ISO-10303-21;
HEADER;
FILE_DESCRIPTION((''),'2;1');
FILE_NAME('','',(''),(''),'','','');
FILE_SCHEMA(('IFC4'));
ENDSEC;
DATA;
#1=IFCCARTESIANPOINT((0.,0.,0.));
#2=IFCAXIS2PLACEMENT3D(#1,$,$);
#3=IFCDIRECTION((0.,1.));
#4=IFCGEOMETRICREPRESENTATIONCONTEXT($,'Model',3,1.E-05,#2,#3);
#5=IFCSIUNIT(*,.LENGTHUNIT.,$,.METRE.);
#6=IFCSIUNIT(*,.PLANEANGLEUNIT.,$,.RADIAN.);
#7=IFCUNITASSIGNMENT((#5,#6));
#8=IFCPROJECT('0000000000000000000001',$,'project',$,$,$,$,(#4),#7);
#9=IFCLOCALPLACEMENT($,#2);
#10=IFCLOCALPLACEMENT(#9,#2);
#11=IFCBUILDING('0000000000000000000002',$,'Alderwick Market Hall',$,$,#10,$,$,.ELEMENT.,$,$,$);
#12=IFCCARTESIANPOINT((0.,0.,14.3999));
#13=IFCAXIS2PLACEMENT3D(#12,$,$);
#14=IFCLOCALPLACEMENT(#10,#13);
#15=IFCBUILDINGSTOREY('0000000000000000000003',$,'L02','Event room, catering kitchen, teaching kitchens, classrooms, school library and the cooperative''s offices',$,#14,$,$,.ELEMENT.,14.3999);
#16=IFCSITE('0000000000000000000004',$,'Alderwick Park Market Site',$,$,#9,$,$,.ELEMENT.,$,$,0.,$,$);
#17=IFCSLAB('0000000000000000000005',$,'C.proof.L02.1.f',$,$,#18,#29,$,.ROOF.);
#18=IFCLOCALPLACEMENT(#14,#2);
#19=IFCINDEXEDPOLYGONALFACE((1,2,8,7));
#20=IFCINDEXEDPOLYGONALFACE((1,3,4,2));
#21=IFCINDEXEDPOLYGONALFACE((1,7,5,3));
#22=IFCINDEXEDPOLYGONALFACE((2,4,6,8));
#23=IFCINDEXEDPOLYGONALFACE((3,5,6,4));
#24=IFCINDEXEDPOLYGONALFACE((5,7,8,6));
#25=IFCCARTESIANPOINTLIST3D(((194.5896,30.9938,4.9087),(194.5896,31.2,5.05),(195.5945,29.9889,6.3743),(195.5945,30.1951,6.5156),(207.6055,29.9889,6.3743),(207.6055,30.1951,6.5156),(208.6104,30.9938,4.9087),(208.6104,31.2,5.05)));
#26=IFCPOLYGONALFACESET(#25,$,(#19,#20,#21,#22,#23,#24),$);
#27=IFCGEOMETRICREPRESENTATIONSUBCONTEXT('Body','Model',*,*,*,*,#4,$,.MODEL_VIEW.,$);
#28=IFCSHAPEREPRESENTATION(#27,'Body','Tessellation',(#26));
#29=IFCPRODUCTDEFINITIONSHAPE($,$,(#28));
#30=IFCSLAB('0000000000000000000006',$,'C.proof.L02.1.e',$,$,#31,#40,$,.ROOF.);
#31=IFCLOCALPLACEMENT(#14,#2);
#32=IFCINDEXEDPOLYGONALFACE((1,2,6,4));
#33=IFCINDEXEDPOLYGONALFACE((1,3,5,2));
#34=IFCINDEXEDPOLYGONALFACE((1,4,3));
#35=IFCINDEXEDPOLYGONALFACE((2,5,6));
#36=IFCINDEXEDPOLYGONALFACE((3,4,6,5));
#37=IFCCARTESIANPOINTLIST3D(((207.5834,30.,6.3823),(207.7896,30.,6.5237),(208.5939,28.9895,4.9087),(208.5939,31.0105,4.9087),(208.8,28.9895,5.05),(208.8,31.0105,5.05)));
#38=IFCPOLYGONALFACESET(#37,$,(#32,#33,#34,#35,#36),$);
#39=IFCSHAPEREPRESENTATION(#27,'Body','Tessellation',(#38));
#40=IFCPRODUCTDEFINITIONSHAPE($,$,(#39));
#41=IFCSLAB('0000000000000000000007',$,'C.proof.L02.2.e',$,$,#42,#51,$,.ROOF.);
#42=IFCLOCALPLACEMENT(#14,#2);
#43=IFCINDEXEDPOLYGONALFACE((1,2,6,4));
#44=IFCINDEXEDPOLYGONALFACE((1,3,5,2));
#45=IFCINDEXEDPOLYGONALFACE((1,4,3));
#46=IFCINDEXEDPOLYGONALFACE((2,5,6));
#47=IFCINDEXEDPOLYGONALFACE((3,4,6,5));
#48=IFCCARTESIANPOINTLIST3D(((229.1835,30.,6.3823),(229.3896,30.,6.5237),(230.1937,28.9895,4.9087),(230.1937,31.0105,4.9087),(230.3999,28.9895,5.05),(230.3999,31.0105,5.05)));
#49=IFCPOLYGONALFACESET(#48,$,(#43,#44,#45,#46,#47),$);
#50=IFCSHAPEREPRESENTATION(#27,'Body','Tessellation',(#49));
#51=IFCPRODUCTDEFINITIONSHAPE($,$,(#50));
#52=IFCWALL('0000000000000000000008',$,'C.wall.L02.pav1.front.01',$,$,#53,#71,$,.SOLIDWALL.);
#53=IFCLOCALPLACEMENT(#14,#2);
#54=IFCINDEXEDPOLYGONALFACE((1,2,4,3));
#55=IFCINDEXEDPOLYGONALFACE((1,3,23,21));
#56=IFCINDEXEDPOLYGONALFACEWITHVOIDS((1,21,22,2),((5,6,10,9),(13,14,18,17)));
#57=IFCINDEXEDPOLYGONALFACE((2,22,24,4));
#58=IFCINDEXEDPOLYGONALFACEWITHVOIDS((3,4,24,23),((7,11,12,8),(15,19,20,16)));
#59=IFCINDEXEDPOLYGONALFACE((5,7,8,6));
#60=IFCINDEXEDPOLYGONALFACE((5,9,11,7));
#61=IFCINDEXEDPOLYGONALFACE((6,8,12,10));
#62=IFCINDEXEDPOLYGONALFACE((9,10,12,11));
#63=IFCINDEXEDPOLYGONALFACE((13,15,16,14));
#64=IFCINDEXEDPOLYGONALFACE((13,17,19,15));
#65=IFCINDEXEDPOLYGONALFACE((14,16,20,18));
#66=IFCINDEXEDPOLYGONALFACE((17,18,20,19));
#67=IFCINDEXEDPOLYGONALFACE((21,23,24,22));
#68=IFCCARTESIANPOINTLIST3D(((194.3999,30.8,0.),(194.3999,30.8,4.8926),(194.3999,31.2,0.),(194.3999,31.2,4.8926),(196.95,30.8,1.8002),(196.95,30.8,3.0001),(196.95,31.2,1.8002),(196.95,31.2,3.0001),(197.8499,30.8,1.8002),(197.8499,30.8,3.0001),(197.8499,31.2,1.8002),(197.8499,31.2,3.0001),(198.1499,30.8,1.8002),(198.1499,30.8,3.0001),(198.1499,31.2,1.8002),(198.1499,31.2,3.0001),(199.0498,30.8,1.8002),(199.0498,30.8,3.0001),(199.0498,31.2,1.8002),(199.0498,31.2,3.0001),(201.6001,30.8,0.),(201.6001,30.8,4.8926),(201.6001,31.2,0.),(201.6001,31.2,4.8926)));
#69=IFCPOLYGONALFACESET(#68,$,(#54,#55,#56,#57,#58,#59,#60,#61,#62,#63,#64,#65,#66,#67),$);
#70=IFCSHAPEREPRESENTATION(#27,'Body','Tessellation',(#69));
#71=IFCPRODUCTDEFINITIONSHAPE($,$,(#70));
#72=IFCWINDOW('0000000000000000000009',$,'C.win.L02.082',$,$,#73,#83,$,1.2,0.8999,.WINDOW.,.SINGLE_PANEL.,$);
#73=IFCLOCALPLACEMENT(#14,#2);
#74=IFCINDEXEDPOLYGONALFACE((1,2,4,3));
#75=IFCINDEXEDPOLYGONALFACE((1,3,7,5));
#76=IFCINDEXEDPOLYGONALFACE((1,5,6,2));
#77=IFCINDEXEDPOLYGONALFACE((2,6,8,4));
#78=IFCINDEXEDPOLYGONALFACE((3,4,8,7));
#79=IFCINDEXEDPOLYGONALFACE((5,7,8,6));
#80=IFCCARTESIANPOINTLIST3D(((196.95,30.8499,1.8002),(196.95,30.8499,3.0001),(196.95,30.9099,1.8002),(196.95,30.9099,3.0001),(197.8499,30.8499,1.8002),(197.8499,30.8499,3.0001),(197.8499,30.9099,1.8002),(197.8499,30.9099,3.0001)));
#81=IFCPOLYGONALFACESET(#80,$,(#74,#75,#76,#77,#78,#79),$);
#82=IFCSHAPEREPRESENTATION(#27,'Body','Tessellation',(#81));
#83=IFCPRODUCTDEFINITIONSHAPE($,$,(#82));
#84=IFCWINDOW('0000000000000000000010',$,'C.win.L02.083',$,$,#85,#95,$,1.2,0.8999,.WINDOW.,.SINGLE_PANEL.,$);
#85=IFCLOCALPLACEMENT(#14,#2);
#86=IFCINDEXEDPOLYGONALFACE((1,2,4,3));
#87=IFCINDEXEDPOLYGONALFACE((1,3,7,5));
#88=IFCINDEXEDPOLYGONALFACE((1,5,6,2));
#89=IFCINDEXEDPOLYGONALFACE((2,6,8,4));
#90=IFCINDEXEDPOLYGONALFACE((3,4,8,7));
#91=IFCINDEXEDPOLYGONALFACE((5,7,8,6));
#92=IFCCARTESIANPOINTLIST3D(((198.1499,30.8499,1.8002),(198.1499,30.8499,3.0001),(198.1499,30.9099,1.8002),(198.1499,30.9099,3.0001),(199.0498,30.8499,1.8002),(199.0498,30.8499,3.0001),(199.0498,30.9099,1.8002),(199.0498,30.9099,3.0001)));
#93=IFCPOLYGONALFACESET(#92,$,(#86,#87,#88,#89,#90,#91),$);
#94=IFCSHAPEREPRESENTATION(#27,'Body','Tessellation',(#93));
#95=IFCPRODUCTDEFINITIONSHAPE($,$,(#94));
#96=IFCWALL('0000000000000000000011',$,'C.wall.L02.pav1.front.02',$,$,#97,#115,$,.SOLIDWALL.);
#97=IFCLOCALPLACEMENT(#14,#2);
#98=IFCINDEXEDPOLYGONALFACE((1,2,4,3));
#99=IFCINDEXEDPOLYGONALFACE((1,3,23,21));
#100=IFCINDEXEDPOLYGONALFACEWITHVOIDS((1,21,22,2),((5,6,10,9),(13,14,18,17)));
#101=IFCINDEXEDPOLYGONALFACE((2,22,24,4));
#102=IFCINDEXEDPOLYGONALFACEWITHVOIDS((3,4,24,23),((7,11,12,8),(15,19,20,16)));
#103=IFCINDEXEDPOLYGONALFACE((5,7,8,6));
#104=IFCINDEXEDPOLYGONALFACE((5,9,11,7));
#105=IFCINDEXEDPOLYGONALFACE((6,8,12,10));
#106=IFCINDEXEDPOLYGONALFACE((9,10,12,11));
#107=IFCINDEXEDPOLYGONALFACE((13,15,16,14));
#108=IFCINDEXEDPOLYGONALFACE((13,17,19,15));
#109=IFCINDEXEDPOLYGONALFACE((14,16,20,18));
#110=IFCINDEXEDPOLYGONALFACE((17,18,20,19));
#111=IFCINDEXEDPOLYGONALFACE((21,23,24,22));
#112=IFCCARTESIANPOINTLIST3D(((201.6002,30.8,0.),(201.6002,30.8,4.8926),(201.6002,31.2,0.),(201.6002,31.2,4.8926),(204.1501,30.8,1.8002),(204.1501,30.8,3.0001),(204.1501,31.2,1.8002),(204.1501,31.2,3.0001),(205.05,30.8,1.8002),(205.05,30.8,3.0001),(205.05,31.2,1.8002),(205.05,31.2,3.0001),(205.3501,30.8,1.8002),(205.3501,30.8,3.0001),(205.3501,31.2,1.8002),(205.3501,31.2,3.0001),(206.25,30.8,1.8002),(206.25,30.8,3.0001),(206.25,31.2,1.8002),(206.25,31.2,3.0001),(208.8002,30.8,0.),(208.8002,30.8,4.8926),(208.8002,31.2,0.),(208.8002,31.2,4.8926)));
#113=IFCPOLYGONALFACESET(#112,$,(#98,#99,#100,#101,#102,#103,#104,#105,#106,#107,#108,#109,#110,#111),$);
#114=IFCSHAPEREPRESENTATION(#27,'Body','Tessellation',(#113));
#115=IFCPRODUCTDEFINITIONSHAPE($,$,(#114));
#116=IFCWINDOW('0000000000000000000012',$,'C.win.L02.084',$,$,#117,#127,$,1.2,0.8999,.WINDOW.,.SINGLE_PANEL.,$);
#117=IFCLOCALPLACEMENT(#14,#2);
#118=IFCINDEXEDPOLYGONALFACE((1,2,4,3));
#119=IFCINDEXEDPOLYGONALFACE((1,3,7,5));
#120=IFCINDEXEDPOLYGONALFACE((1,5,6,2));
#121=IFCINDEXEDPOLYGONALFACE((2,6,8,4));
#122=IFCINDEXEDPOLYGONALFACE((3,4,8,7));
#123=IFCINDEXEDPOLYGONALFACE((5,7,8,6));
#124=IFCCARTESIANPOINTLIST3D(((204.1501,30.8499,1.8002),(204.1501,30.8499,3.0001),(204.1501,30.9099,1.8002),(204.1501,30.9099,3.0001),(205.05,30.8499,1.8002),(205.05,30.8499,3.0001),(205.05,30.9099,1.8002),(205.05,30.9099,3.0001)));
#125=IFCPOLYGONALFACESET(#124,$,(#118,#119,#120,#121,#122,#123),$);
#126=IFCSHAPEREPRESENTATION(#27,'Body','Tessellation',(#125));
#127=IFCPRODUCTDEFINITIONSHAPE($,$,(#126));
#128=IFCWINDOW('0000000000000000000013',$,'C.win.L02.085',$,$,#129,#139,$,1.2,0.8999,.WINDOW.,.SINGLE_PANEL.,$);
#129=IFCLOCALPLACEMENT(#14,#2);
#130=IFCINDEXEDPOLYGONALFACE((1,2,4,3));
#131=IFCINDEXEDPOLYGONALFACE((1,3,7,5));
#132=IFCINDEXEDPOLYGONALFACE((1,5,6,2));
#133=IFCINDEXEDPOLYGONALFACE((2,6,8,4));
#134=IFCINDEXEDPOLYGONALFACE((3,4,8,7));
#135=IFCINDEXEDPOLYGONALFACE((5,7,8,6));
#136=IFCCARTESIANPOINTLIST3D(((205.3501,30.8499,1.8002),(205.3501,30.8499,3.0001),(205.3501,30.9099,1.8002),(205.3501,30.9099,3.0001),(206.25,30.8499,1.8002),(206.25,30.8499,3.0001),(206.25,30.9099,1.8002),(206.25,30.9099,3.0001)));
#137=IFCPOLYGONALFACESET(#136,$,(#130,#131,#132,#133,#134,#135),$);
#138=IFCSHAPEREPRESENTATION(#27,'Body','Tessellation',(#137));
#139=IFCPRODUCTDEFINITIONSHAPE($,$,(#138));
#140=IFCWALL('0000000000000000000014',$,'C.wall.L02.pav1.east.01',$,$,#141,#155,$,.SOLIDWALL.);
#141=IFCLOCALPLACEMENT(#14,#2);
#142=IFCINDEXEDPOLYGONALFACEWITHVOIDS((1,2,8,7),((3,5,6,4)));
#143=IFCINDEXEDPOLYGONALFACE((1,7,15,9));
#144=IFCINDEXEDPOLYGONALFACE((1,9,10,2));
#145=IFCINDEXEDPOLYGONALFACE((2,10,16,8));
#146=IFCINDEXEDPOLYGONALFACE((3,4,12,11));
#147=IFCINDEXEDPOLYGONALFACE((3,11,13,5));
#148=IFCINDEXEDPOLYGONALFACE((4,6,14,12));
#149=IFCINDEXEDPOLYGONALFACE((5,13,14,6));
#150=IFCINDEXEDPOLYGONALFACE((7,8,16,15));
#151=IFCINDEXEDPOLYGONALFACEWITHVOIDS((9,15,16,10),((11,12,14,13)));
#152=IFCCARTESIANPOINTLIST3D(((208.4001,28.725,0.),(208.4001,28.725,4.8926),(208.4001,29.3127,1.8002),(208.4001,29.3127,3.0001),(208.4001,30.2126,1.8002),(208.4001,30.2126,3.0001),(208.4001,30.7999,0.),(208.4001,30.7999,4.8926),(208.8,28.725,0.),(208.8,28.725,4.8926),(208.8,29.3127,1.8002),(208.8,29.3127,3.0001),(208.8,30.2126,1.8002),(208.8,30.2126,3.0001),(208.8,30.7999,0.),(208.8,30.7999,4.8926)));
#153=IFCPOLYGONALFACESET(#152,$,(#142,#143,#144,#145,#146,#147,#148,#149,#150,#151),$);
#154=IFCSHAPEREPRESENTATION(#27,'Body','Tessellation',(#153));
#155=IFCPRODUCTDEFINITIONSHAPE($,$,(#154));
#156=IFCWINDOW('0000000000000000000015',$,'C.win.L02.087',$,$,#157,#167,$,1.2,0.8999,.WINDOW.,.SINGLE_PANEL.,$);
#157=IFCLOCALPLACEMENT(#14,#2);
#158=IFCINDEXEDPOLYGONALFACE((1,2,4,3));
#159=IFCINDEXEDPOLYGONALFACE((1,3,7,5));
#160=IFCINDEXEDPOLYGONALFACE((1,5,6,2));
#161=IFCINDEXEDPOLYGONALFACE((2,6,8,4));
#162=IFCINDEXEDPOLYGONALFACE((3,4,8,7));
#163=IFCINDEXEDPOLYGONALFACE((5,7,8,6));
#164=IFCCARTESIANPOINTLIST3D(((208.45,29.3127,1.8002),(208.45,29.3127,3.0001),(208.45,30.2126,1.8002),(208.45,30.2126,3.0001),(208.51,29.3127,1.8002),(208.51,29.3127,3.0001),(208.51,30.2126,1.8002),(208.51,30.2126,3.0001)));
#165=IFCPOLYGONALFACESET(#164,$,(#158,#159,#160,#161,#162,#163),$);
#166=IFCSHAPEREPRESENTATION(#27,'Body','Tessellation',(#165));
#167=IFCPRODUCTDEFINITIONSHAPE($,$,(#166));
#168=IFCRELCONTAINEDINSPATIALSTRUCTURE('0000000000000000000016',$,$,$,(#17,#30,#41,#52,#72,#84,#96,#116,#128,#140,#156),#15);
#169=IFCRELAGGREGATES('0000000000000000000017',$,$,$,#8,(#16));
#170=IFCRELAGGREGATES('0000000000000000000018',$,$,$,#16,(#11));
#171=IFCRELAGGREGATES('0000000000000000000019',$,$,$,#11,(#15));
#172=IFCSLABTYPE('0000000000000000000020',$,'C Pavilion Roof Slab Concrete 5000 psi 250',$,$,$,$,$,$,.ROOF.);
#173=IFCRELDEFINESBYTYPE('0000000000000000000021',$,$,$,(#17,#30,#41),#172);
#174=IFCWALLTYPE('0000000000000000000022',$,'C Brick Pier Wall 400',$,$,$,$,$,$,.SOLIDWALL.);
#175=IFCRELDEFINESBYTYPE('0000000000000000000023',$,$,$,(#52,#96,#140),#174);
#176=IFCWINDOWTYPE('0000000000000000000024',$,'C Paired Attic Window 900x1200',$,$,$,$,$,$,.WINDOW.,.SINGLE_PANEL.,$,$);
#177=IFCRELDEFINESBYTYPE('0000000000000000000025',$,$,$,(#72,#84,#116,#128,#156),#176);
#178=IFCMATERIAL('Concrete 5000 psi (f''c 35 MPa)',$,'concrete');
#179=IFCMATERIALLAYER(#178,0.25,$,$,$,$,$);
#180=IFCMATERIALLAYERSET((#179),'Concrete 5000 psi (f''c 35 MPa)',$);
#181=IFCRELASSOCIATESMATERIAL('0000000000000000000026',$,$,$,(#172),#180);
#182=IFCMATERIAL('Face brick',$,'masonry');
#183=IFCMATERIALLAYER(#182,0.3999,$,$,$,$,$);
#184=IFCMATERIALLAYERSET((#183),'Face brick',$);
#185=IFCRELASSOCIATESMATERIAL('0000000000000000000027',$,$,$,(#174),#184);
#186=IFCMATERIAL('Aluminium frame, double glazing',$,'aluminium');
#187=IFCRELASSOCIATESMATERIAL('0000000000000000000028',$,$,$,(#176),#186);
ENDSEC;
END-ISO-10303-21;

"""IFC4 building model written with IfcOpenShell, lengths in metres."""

from ifc_helpers import new_model, si_unit, direction, frame, frame_2d, origin, place, context, subcontext, project, spatial, polyline, rectangle, outline, extrude, material, layer, layer_set, type_object, element, fill, save


model = new_model("IFC4")

# Units and contexts
model_context = context("Model", 3, precision=1e-05, world=origin(), true_north=direction((0.0, 1.0)))
body_context = subcontext(model_context, "Body", "Model", "MODEL_VIEW")
ifc_project = project(units=[si_unit("LENGTHUNIT", "METRE"), si_unit("PLANEANGLEUNIT", "RADIAN")], contexts=[model_context])

# Site, building, storey
site_placement = place(None, origin())
site = spatial("IfcSite", under=ifc_project, at=site_placement, Name="Alderwick Park Market Site", CompositionType="ELEMENT", RefElevation=0.0)
building_placement = place(site_placement, origin())
building = spatial("IfcBuilding", under=site, at=building_placement, Name="Alderwick Market Hall", CompositionType="ELEMENT")
storey_placement = place(building_placement, frame((0.0, 0.0, 14.3999)))
storey = spatial("IfcBuildingStorey", under=building, at=storey_placement, Name="L02", Description="Event room, catering kitchen, teaching kitchens, classrooms, school library and the cooperative's offices", CompositionType="ELEMENT", Elevation=14.3999)

# Slabs
ifc_material_1 = material(Name="Concrete 5000 psi (f'c 35 MPa)", Category="concrete")
ifc_layer_1 = layer(ifc_material_1, 0.25)
ifc_layer_set_1 = layer_set([ifc_layer_1], Name="Concrete 5000 psi (f'c 35 MPa)")
slab_type = type_object("IfcSlabType", Name="C Pavilion Roof Slab Concrete 5000 psi 250", PredefinedType="ROOF", material=ifc_layer_set_1)
slab_1_placement = place(storey_placement, frame((194.5896, 31.2, 5.05), z_axis=(0.0, 0.824751, 0.565496), x_axis=(1.0, 0.0, 0.0)))
element("IfcSlab", 1, at=slab_1_placement, inside=storey, type_object=slab_type, Name="C.proof.L02.1.f", PredefinedType="ROOF", context=body_context, shape_type="SweptSolid", body=[
    extrude(outline(polyline([(0.0, 0.0), (14.0208, 0.0), (13.0159, -1.777), (1.0049, -1.777), (0.0, 0.0)])), origin(), (0.0, 0.0, -1.0), 0.25),
])
slab_2_placement = place(storey_placement, frame((208.8, 31.0105, 5.05), z_axis=(0.824727, 0.0, 0.565531), x_axis=(0.0, -1.0, 0.0)))
element("IfcSlab", 2, at=slab_2_placement, inside=storey, type_object=slab_type, Name="C.proof.L02.1.e", PredefinedType="ROOF", context=body_context, shape_type="SweptSolid", body=[
    extrude(outline(polyline([(0.0, 0.0), (2.021, 0.0), (1.0105, -1.7868), (0.0, 0.0)])), origin(), (0.0, 0.0, -1.0), 0.25),
])
slab_3_placement = place(storey_placement, frame((230.3999, 31.0105, 5.05), z_axis=(0.824791, 0.0, 0.565438), x_axis=(0.0, -1.0, 0.0)))
element("IfcSlab", 3, at=slab_3_placement, inside=storey, type_object=slab_type, Name="C.proof.L02.2.e", PredefinedType="ROOF", context=body_context, shape_type="SweptSolid", body=[
    extrude(outline(polyline([(0.0, 0.0), (2.021, 0.0), (1.0105, -1.7867), (0.0, 0.0)])), origin(), (0.0, 0.0, -1.0), 0.25),
])

# Walls, openings, windows
ifc_material_2 = material(Name="Face brick", Category="masonry")
ifc_layer_2 = layer(ifc_material_2, 0.3999)
ifc_layer_set_2 = layer_set([ifc_layer_2], Name="Face brick")
wall_type = type_object("IfcWallType", Name="C Brick Pier Wall 400", PredefinedType="SOLIDWALL", material=ifc_layer_set_2)
wall_1_placement = place(storey_placement, frame((194.3999, 31.0, 0.0), z_axis=(0.0, 0.0, 1.0), x_axis=(1.0, 0.0, 0.0)))
wall_1 = element("IfcWall", 4, at=wall_1_placement, inside=storey, type_object=wall_type, Name="C.wall.L02.pav1.front.01", PredefinedType="SOLIDWALL", context=body_context, shape_type="SweptSolid", body=[
    extrude(rectangle(XDim=7.2002, YDim=0.3999, at=frame_2d((3.6001, 0.0))), origin(), (0.0, 0.0, 1.0), 4.8926),
])
opening_1_placement = place(wall_1_placement, frame((2.55, 0.0, 1.8)))
opening_1 = element("IfcOpeningElement", 5, at=opening_1_placement, cuts=wall_1, PredefinedType="OPENING", context=body_context, shape_type="SweptSolid", body=[
    extrude(rectangle(XDim=0.8999, YDim=1.2, at=frame_2d((0.45, 0.6001))), frame((0.0, 0.21, 0.0), z_axis=(0.0, -1.0, 0.0), x_axis=(1.0, 0.0, 0.0)), (0.0, 0.0, 1.0), 0.4199),
])
opening_2_placement = place(wall_1_placement, frame((3.75, 0.0, 1.8)))
opening_2 = element("IfcOpeningElement", 6, at=opening_2_placement, cuts=wall_1, PredefinedType="OPENING", context=body_context, shape_type="SweptSolid", body=[
    extrude(rectangle(XDim=0.8999, YDim=1.2, at=frame_2d((0.45, 0.6001))), frame((0.0, 0.21, 0.0), z_axis=(0.0, -1.0, 0.0), x_axis=(1.0, 0.0, 0.0)), (0.0, 0.0, 1.0), 0.4199),
])
ifc_material_3 = material(Name="Aluminium frame, double glazing", Category="aluminium")
window_type = type_object("IfcWindowType", Name="C Paired Attic Window 900x1200", PartitioningType="SINGLE_PANEL", PredefinedType="WINDOW", material=ifc_material_3)
window_1_placement = place(opening_1_placement, origin())
window_1 = element("IfcWindow", 7, at=window_1_placement, inside=storey, type_object=window_type, Name="C.win.L02.082", OverallHeight=1.2, OverallWidth=0.8999, PartitioningType="SINGLE_PANEL", PredefinedType="WINDOW", context=body_context, shape_type="SweptSolid", body=[
    extrude(rectangle(XDim=0.8999, YDim=1.2, at=frame_2d((0.45, 0.6001))), frame((0.0, -0.0901, 0.0), z_axis=(0.0, -1.0, 0.0), x_axis=(1.0, 0.0, 0.0)), (0.0, 0.0, 1.0), 0.0601),
])
fill(opening_1, window_1)
window_2_placement = place(opening_2_placement, origin())
window_2 = element("IfcWindow", 8, at=window_2_placement, inside=storey, type_object=window_type, Name="C.win.L02.083", OverallHeight=1.2, OverallWidth=0.8999, PartitioningType="SINGLE_PANEL", PredefinedType="WINDOW", context=body_context, shape_type="SweptSolid", body=[
    extrude(rectangle(XDim=0.8999, YDim=1.2, at=frame_2d((0.45, 0.6001))), frame((0.0, -0.0901, 0.0), z_axis=(0.0, -1.0, 0.0), x_axis=(1.0, 0.0, 0.0)), (0.0, 0.0, 1.0), 0.0601),
])
fill(opening_2, window_2)
wall_2_placement = place(storey_placement, frame((201.6001, 31.0, 0.0), z_axis=(0.0, 0.0, 1.0), x_axis=(1.0, 0.0, 0.0)))
wall_2 = element("IfcWall", 9, at=wall_2_placement, inside=storey, type_object=wall_type, Name="C.wall.L02.pav1.front.02", PredefinedType="SOLIDWALL", context=body_context, shape_type="SweptSolid", body=[
    extrude(rectangle(XDim=7.2, YDim=0.3999, at=frame_2d((3.6001, 0.0))), origin(), (0.0, 0.0, 1.0), 4.8926),
])
opening_3_placement = place(wall_2_placement, frame((2.55, 0.0, 1.8)))
opening_3 = element("IfcOpeningElement", 10, at=opening_3_placement, cuts=wall_2, PredefinedType="OPENING", context=body_context, shape_type="SweptSolid", body=[
    extrude(rectangle(XDim=0.8999, YDim=1.2, at=frame_2d((0.45, 0.6001))), frame((0.0, 0.21, 0.0), z_axis=(0.0, -1.0, 0.0), x_axis=(1.0, 0.0, 0.0)), (0.0, 0.0, 1.0), 0.4199),
])
opening_4_placement = place(wall_2_placement, frame((3.75, 0.0, 1.8)))
opening_4 = element("IfcOpeningElement", 11, at=opening_4_placement, cuts=wall_2, PredefinedType="OPENING", context=body_context, shape_type="SweptSolid", body=[
    extrude(rectangle(XDim=0.8999, YDim=1.2, at=frame_2d((0.45, 0.6001))), frame((0.0, 0.21, 0.0), z_axis=(0.0, -1.0, 0.0), x_axis=(1.0, 0.0, 0.0)), (0.0, 0.0, 1.0), 0.4199),
])
window_3_placement = place(opening_3_placement, origin())
window_3 = element("IfcWindow", 12, at=window_3_placement, inside=storey, type_object=window_type, Name="C.win.L02.084", OverallHeight=1.2, OverallWidth=0.8999, PartitioningType="SINGLE_PANEL", PredefinedType="WINDOW", context=body_context, shape_type="SweptSolid", body=[
    extrude(rectangle(XDim=0.8999, YDim=1.2, at=frame_2d((0.45, 0.6001))), frame((0.0, -0.0901, 0.0), z_axis=(0.0, -1.0, 0.0), x_axis=(1.0, 0.0, 0.0)), (0.0, 0.0, 1.0), 0.0601),
])
fill(opening_3, window_3)
window_4_placement = place(opening_4_placement, origin())
window_4 = element("IfcWindow", 13, at=window_4_placement, inside=storey, type_object=window_type, Name="C.win.L02.085", OverallHeight=1.2, OverallWidth=0.8999, PartitioningType="SINGLE_PANEL", PredefinedType="WINDOW", context=body_context, shape_type="SweptSolid", body=[
    extrude(rectangle(XDim=0.8999, YDim=1.2, at=frame_2d((0.45, 0.6001))), frame((0.0, -0.0901, 0.0), z_axis=(0.0, -1.0, 0.0), x_axis=(1.0, 0.0, 0.0)), (0.0, 0.0, 1.0), 0.0601),
])
fill(opening_4, window_4)

# Wall, opening, window
wall_3_placement = place(storey_placement, frame((208.6001, 30.8, 0.0), z_axis=(0.0, 0.0, 1.0), x_axis=(0.0, -1.0, 0.0)))
wall_3 = element("IfcWall", 14, at=wall_3_placement, inside=storey, type_object=wall_type, Name="C.wall.L02.pav1.east.01", PredefinedType="SOLIDWALL", context=body_context, shape_type="SweptSolid", body=[
    extrude(rectangle(XDim=2.075, YDim=0.3999, at=frame_2d((1.0376, 0.0))), origin(), (0.0, 0.0, 1.0), 4.8926),
])
opening_5_placement = place(wall_3_placement, frame((0.5874, 0.0, 1.8)))
opening_5 = element("IfcOpeningElement", 15, at=opening_5_placement, cuts=wall_3, PredefinedType="OPENING", context=body_context, shape_type="SweptSolid", body=[
    extrude(rectangle(XDim=0.8999, YDim=1.2, at=frame_2d((0.45, 0.6001))), frame((0.0, 0.21, 0.0), z_axis=(0.0, -1.0, 0.0), x_axis=(1.0, 0.0, 0.0)), (0.0, 0.0, 1.0), 0.4199),
])
window_5_placement = place(opening_5_placement, origin())
window_5 = element("IfcWindow", 16, at=window_5_placement, inside=storey, type_object=window_type, Name="C.win.L02.087", OverallHeight=1.2, OverallWidth=0.8999, PartitioningType="SINGLE_PANEL", PredefinedType="WINDOW", context=body_context, shape_type="SweptSolid", body=[
    extrude(rectangle(XDim=0.8999, YDim=1.2, at=frame_2d((0.45, 0.6001))), frame((0.0, -0.0901, 0.0), z_axis=(0.0, -1.0, 0.0), x_axis=(1.0, 0.0, 0.0)), (0.0, 0.0, 1.0), 0.0601),
])
fill(opening_5, window_5)

save(model, "model.ifc")
